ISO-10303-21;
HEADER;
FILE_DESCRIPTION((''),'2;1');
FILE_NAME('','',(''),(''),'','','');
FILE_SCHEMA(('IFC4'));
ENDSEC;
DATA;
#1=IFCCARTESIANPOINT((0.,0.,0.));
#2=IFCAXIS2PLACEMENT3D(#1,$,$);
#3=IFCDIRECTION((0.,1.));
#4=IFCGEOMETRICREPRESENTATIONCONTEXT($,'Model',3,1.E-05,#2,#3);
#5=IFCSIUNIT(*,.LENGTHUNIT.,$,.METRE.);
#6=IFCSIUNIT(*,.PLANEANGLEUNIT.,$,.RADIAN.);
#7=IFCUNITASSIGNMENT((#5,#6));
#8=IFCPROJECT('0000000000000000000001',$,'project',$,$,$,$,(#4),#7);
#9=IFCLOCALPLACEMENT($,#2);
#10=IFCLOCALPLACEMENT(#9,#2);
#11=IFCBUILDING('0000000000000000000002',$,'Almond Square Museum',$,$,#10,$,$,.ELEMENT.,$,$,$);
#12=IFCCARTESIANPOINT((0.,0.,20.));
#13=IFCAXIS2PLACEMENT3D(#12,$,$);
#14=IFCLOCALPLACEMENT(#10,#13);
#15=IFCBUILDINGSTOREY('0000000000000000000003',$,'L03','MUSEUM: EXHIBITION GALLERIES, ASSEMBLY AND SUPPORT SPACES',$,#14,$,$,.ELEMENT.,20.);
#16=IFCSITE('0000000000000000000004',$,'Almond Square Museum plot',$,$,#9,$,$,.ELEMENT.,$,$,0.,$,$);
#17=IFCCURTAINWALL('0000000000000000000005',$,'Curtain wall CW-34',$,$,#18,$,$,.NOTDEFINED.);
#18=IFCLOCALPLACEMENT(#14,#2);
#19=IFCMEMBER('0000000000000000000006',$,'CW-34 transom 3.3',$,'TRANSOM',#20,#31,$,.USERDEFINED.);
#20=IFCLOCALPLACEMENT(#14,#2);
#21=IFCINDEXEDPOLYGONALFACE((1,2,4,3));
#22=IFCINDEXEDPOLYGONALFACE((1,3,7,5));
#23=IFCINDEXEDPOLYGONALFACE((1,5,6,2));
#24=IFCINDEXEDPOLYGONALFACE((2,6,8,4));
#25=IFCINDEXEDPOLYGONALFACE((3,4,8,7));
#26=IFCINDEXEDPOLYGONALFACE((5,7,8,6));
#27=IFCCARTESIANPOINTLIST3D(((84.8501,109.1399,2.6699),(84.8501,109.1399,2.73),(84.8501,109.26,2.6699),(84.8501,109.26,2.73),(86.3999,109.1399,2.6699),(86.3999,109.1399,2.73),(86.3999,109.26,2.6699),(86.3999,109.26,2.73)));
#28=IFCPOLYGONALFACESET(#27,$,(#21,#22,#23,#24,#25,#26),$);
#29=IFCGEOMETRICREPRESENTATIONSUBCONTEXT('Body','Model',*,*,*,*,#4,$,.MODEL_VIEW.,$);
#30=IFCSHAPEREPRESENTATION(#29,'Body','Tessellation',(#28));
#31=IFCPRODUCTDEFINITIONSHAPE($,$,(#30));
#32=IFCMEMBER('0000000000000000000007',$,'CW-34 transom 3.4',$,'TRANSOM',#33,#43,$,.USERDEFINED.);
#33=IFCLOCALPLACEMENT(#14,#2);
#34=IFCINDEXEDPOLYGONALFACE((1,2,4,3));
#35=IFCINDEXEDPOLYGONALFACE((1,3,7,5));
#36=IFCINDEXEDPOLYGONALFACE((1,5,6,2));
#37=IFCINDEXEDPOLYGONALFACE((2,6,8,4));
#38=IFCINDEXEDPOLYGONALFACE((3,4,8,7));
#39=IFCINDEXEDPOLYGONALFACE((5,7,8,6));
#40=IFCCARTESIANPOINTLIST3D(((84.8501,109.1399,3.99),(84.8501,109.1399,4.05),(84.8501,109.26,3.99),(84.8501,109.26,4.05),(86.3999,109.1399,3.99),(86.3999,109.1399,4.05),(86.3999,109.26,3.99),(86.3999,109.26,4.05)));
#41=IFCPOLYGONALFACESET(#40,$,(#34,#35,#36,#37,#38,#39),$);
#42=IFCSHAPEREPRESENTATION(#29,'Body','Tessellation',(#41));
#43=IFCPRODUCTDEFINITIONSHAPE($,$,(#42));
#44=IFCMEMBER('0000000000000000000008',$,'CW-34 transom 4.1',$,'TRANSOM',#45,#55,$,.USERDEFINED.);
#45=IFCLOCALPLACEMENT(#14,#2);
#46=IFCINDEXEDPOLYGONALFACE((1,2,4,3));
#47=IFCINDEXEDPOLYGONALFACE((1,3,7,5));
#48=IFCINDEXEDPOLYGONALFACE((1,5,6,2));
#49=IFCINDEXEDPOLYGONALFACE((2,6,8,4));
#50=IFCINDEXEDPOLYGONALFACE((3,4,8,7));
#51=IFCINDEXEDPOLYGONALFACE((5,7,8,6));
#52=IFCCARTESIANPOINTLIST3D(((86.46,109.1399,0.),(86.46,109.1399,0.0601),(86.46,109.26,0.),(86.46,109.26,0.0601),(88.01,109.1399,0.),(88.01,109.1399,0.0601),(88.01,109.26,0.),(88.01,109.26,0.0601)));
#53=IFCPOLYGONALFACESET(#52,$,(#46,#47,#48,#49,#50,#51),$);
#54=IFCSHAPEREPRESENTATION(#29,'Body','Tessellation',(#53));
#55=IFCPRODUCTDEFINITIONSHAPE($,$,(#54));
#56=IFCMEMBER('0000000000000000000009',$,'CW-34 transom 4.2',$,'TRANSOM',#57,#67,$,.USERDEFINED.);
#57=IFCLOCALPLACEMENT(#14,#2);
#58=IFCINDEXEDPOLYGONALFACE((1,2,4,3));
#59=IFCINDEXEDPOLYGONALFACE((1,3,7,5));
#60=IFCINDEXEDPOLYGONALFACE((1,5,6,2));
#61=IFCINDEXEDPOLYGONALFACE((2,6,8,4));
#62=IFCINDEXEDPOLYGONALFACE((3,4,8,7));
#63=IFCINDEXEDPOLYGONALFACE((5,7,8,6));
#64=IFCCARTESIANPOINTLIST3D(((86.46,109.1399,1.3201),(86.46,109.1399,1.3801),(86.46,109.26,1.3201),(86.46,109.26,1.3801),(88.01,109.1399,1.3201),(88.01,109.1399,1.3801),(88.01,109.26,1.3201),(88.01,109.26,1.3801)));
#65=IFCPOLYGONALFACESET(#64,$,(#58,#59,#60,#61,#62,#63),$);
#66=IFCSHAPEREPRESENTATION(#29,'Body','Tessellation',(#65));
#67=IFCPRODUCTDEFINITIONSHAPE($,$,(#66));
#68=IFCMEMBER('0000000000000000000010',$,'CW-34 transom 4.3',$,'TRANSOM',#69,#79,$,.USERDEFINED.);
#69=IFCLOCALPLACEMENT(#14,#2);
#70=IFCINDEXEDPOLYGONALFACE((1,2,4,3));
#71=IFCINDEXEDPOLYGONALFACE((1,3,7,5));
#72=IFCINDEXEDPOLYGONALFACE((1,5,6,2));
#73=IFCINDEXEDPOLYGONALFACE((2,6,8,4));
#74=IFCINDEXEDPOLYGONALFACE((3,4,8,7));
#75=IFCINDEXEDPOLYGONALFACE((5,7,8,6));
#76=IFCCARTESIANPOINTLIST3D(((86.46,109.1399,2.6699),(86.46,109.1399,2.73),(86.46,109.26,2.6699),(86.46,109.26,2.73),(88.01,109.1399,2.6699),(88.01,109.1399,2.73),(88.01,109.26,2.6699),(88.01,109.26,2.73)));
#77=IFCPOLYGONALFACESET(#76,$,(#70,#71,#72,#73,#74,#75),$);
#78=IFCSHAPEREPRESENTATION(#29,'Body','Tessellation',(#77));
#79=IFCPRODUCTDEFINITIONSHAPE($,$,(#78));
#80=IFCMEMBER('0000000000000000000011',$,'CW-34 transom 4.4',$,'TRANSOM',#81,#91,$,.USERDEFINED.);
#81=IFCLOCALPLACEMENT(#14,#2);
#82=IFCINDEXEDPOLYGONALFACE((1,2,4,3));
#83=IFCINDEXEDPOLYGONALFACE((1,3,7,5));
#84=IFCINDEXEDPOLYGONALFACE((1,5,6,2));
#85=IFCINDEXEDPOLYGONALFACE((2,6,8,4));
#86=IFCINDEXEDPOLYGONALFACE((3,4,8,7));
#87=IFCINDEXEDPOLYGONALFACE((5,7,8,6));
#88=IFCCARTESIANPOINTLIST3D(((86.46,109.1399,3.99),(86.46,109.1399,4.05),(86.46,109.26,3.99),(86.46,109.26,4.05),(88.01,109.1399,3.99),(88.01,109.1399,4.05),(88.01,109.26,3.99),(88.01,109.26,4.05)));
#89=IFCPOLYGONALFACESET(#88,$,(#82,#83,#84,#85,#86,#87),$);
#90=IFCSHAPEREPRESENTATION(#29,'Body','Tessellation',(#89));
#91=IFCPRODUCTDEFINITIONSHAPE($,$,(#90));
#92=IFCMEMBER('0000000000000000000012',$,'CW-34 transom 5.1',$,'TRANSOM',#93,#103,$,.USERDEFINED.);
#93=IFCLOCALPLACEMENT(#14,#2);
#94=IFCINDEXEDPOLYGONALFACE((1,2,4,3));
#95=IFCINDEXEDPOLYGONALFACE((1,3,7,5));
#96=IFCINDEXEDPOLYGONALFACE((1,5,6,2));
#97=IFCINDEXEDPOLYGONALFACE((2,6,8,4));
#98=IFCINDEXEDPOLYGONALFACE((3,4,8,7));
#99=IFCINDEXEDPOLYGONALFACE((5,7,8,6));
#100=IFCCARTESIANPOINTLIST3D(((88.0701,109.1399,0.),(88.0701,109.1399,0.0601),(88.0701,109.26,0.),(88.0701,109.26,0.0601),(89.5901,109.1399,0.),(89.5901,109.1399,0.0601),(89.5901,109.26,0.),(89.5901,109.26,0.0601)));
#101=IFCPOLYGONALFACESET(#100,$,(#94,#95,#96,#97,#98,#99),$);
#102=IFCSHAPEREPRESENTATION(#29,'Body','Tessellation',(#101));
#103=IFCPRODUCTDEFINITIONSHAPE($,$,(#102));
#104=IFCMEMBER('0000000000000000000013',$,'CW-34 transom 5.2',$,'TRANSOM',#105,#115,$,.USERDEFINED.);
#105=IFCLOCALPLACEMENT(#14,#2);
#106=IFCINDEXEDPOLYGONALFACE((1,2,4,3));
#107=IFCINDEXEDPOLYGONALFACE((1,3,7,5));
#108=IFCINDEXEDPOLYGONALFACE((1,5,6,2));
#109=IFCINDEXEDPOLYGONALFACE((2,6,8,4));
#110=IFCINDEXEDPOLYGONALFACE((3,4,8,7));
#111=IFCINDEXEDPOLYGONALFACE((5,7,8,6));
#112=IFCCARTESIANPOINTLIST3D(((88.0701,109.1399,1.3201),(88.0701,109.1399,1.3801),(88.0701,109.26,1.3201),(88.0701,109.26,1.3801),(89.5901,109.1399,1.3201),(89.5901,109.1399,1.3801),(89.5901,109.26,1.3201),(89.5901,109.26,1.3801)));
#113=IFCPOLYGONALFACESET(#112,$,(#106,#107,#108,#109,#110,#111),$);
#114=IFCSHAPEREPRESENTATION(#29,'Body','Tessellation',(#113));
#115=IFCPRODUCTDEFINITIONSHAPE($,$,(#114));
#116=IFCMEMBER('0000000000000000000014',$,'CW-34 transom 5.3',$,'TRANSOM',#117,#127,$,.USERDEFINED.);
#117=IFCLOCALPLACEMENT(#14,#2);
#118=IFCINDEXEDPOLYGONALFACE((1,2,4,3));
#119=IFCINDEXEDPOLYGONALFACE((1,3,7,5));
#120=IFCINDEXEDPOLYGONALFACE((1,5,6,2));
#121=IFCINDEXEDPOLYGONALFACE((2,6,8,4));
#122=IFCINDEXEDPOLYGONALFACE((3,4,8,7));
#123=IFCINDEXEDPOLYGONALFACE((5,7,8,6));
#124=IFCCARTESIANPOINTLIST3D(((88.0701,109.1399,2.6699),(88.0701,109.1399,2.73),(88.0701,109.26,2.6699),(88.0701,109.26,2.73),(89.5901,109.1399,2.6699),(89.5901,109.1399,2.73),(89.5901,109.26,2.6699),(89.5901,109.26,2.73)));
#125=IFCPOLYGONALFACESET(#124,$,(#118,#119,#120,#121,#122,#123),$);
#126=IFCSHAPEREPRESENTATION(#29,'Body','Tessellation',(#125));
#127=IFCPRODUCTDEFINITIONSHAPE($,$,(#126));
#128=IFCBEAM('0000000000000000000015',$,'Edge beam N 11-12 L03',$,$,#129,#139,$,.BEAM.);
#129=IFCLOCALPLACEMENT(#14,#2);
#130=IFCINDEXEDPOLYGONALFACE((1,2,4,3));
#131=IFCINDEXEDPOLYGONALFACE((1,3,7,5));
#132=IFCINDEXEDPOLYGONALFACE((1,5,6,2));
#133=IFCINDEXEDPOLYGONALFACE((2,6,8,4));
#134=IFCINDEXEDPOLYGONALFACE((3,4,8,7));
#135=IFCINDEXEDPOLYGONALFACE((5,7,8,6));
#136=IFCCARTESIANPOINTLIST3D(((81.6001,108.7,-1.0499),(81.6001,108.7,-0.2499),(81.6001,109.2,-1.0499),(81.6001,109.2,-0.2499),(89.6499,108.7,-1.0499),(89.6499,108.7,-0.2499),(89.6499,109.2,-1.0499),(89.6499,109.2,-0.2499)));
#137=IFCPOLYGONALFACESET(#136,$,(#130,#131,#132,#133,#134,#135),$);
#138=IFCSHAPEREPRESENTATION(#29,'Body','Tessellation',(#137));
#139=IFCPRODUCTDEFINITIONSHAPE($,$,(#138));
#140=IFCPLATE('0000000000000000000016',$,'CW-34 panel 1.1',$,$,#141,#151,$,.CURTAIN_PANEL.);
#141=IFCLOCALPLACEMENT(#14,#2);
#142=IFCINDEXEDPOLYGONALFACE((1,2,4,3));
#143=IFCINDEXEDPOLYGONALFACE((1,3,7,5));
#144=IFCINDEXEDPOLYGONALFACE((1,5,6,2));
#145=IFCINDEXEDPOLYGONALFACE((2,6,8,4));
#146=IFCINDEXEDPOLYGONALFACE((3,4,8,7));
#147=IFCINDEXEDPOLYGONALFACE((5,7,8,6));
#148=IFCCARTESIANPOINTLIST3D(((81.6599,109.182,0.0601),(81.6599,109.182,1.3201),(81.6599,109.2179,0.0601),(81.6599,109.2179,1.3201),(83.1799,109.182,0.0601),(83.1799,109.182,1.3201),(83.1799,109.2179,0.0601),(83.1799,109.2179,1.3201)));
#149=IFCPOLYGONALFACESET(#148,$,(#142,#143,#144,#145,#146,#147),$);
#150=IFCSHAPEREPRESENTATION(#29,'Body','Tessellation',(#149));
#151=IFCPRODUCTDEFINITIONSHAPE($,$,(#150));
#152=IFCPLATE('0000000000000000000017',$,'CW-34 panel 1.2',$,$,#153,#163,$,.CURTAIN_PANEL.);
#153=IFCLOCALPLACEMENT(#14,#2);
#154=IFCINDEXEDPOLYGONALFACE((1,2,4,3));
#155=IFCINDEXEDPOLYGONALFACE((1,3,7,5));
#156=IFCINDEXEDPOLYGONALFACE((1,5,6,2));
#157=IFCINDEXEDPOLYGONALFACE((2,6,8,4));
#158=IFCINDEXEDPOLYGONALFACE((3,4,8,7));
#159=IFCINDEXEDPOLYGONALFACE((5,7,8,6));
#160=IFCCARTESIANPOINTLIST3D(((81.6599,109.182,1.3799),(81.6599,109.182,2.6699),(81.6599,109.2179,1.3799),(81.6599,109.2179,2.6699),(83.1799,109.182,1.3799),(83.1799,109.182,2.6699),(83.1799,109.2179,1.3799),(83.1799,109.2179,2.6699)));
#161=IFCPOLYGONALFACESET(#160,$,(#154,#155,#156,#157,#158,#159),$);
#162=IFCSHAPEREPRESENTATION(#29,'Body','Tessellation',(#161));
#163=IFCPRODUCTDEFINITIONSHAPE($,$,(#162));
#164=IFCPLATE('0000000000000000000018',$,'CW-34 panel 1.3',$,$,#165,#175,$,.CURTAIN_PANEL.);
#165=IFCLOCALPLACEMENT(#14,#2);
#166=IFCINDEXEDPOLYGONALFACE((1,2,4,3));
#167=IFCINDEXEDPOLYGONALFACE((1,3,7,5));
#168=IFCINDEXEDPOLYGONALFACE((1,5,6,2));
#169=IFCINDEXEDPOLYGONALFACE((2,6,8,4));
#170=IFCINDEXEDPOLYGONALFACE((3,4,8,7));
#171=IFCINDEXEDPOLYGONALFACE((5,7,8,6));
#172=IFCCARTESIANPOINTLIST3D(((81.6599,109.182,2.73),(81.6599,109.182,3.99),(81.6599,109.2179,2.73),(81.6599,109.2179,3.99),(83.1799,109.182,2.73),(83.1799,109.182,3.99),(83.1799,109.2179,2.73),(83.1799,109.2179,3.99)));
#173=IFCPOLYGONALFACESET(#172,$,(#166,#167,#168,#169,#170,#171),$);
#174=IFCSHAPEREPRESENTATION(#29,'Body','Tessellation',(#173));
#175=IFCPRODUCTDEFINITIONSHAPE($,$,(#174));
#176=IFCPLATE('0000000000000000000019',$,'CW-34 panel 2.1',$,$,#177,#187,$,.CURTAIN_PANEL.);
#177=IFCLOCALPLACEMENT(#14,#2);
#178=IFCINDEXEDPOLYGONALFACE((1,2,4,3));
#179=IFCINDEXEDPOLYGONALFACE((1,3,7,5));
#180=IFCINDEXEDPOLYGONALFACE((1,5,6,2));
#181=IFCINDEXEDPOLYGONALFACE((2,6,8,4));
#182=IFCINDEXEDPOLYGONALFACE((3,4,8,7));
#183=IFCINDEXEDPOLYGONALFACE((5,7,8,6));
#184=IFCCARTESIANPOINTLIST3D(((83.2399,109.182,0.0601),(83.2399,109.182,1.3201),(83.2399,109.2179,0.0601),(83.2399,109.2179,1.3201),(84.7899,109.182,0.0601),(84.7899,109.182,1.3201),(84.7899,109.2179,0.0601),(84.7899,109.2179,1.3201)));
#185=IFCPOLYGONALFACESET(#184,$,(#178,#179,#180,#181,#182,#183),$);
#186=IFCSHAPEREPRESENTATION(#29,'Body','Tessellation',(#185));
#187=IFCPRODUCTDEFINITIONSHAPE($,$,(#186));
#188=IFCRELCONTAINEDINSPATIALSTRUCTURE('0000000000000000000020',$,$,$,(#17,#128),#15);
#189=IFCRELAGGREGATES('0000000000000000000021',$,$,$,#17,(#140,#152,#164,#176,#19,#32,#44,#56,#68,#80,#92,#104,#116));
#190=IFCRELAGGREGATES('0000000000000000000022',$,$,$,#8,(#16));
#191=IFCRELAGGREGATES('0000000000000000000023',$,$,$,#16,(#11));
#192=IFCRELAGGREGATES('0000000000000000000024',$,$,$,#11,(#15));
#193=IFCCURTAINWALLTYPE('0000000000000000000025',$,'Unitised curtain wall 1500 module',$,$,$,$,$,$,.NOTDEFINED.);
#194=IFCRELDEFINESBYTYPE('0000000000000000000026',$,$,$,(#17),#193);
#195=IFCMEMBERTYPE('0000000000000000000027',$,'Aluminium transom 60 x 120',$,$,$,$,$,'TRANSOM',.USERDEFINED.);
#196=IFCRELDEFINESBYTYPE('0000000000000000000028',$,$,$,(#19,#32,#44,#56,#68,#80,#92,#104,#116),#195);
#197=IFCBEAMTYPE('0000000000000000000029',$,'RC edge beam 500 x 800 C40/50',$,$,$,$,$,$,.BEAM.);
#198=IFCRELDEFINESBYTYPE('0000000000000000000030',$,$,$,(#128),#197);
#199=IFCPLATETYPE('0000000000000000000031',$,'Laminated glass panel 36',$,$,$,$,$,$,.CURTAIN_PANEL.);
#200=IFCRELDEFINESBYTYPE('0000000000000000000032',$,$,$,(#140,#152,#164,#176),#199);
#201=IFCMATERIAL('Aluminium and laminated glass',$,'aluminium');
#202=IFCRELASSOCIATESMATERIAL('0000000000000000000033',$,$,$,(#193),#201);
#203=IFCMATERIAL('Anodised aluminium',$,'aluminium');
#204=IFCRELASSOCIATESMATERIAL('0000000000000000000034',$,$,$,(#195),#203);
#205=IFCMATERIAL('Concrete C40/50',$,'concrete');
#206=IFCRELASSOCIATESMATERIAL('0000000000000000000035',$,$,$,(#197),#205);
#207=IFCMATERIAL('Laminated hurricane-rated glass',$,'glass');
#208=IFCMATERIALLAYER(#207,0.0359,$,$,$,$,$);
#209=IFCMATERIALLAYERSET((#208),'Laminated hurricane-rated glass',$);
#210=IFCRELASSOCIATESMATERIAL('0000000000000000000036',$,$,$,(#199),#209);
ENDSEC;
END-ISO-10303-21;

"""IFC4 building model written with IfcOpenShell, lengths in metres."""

from ifc_helpers import new_model, si_unit, direction, frame, origin, origin_2d, place, context, subcontext, project, spatial, rectangle, extrude, material, layer, layer_set, material_profile, profile_set, type_object, element, aggregate, save


model = new_model("IFC4")

# Units and contexts
model_context = context("Model", 3, precision=1e-05, world=origin(), true_north=direction((0.0, 1.0)))
body_context = subcontext(model_context, "Body", "Model", "MODEL_VIEW")
ifc_project = project(units=[si_unit("LENGTHUNIT", "METRE"), si_unit("PLANEANGLEUNIT", "RADIAN")], contexts=[model_context])

# Site, building, storey
site_placement = place(None, origin())
site = spatial("IfcSite", under=ifc_project, at=site_placement, Name="Almond Square Museum plot", CompositionType="ELEMENT", RefElevation=0.0)
building_placement = place(site_placement, origin())
building = spatial("IfcBuilding", under=site, at=building_placement, Name="Almond Square Museum", CompositionType="ELEMENT")
storey_placement = place(building_placement, frame((0.0, 0.0, 20.0)))
storey = spatial("IfcBuildingStorey", under=building, at=storey_placement, Name="L03", Description="MUSEUM: EXHIBITION GALLERIES, ASSEMBLY AND SUPPORT SPACES", CompositionType="ELEMENT", Elevation=20.0)

# Curtain wall, members
ifc_material_1 = material(Name="Aluminium and laminated glass", Category="aluminium")
curtain_wall_type = type_object("IfcCurtainWallType", Name="Unitised curtain wall 1500 module", PredefinedType="NOTDEFINED", material=ifc_material_1)
curtain_wall_placement = place(storey_placement, origin())
curtain_wall = element("IfcCurtainWall", 1, at=curtain_wall_placement, inside=storey, type_object=curtain_wall_type, Name="Curtain wall CW-34", PredefinedType="NOTDEFINED")
ifc_material_2 = material(Name="Anodised aluminium", Category="aluminium")
ifc_material_profile_1 = material_profile(ifc_material_2, rectangle(XDim=0.1201, YDim=0.0601, at=origin_2d()))
ifc_profile_set_1 = profile_set([ifc_material_profile_1], Name="Anodised aluminium")
member_type_1 = type_object("IfcMemberType", Name="Aluminium transom 60 x 120", ElementType="TRANSOM", PredefinedType="USERDEFINED", material=ifc_profile_set_1)
member_1_placement = place(storey_placement, frame((84.8501, 109.2, 2.7), z_axis=(1.0, 0.0, 0.0), x_axis=(0.0, 1.0, 0.0)))
member_1 = element("IfcMember", 2, at=member_1_placement, type_object=member_type_1, Name="CW-34 transom 3.3", ObjectType="TRANSOM", PredefinedType="USERDEFINED", context=body_context, shape_type="SweptSolid", body=[
    extrude(rectangle(XDim=0.1201, YDim=0.0601, at=origin_2d()), origin(), (0.0, 0.0, 1.0), 1.5498),
])
member_2_placement = place(storey_placement, frame((84.8501, 109.2, 4.02), z_axis=(1.0, 0.0, 0.0), x_axis=(0.0, 1.0, 0.0)))
member_2 = element("IfcMember", 3, at=member_2_placement, type_object=member_type_1, Name="CW-34 transom 3.4", ObjectType="TRANSOM", PredefinedType="USERDEFINED", context=body_context, shape_type="SweptSolid", body=[
    extrude(rectangle(XDim=0.1201, YDim=0.0601, at=origin_2d()), origin(), (0.0, 0.0, 1.0), 1.5498),
])
member_3_placement = place(storey_placement, frame((86.46, 109.2, 0.03), z_axis=(1.0, 0.0, 0.0), x_axis=(0.0, 1.0, 0.0)))
member_3 = element("IfcMember", 4, at=member_3_placement, type_object=member_type_1, Name="CW-34 transom 4.1", ObjectType="TRANSOM", PredefinedType="USERDEFINED", context=body_context, shape_type="SweptSolid", body=[
    extrude(rectangle(XDim=0.1201, YDim=0.0601, at=origin_2d()), origin(), (0.0, 0.0, 1.0), 1.55),
])
member_4_placement = place(storey_placement, frame((86.46, 109.2, 1.3501), z_axis=(1.0, 0.0, 0.0), x_axis=(0.0, 1.0, 0.0)))
member_4 = element("IfcMember", 5, at=member_4_placement, type_object=member_type_1, Name="CW-34 transom 4.2", ObjectType="TRANSOM", PredefinedType="USERDEFINED", context=body_context, shape_type="SweptSolid", body=[
    extrude(rectangle(XDim=0.1201, YDim=0.0601, at=origin_2d()), origin(), (0.0, 0.0, 1.0), 1.55),
])
member_5_placement = place(storey_placement, frame((86.46, 109.2, 2.7), z_axis=(1.0, 0.0, 0.0), x_axis=(0.0, 1.0, 0.0)))
member_5 = element("IfcMember", 6, at=member_5_placement, type_object=member_type_1, Name="CW-34 transom 4.3", ObjectType="TRANSOM", PredefinedType="USERDEFINED", context=body_context, shape_type="SweptSolid", body=[
    extrude(rectangle(XDim=0.1201, YDim=0.0601, at=origin_2d()), origin(), (0.0, 0.0, 1.0), 1.55),
])
member_6_placement = place(storey_placement, frame((86.46, 109.2, 4.02), z_axis=(1.0, 0.0, 0.0), x_axis=(0.0, 1.0, 0.0)))
member_6 = element("IfcMember", 7, at=member_6_placement, type_object=member_type_1, Name="CW-34 transom 4.4", ObjectType="TRANSOM", PredefinedType="USERDEFINED", context=body_context, shape_type="SweptSolid", body=[
    extrude(rectangle(XDim=0.1201, YDim=0.0601, at=origin_2d()), origin(), (0.0, 0.0, 1.0), 1.55),
])
member_7_placement = place(storey_placement, frame((88.0701, 109.2, 0.03), z_axis=(1.0, 0.0, 0.0), x_axis=(0.0, 1.0, 0.0)))
member_7 = element("IfcMember", 8, at=member_7_placement, type_object=member_type_1, Name="CW-34 transom 5.1", ObjectType="TRANSOM", PredefinedType="USERDEFINED", context=body_context, shape_type="SweptSolid", body=[
    extrude(rectangle(XDim=0.1201, YDim=0.0601, at=origin_2d()), origin(), (0.0, 0.0, 1.0), 1.52),
])
member_8_placement = place(storey_placement, frame((88.0701, 109.2, 1.3501), z_axis=(1.0, 0.0, 0.0), x_axis=(0.0, 1.0, 0.0)))
member_8 = element("IfcMember", 9, at=member_8_placement, type_object=member_type_1, Name="CW-34 transom 5.2", ObjectType="TRANSOM", PredefinedType="USERDEFINED", context=body_context, shape_type="SweptSolid", body=[
    extrude(rectangle(XDim=0.1201, YDim=0.0601, at=origin_2d()), origin(), (0.0, 0.0, 1.0), 1.52),
])
member_9_placement = place(storey_placement, frame((88.0701, 109.2, 2.7), z_axis=(1.0, 0.0, 0.0), x_axis=(0.0, 1.0, 0.0)))
member_9 = element("IfcMember", 10, at=member_9_placement, type_object=member_type_1, Name="CW-34 transom 5.3", ObjectType="TRANSOM", PredefinedType="USERDEFINED", context=body_context, shape_type="SweptSolid", body=[
    extrude(rectangle(XDim=0.1201, YDim=0.0601, at=origin_2d()), origin(), (0.0, 0.0, 1.0), 1.52),
])

# Beam
ifc_material_3 = material(Name="Concrete C40/50", Category="concrete")
ifc_material_profile_2 = material_profile(ifc_material_3, rectangle(XDim=0.5, YDim=0.8, at=origin_2d()))
ifc_profile_set_2 = profile_set([ifc_material_profile_2], Name="Concrete C40/50")
beam_type = type_object("IfcBeamType", Name="RC edge beam 500 x 800 C40/50", PredefinedType="BEAM", material=ifc_profile_set_2)
beam_placement = place(storey_placement, frame((81.6001, 108.95, -0.6499), z_axis=(1.0, 0.0, 0.0), x_axis=(0.0, 1.0, 0.0)))
element("IfcBeam", 11, at=beam_placement, inside=storey, type_object=beam_type, Name="Edge beam N 11-12 L03", PredefinedType="BEAM", context=body_context, shape_type="SweptSolid", body=[
    extrude(rectangle(XDim=0.5, YDim=0.8, at=origin_2d()), origin(), (0.0, 0.0, 1.0), 8.0498),
])

# Plates
ifc_material_4 = material(Name="Laminated hurricane-rated glass", Category="glass")
ifc_layer = layer(ifc_material_4, 0.0359)
ifc_layer_set = layer_set([ifc_layer], Name="Laminated hurricane-rated glass")
plate_type = type_object("IfcPlateType", Name="Laminated glass panel 36", PredefinedType="CURTAIN_PANEL", material=ifc_layer_set)
plate_1_placement = place(storey_placement, frame((82.4199, 109.2, 0.0601), z_axis=(0.0, 0.0, 1.0), x_axis=(1.0, 0.0, 0.0)))
plate_1 = element("IfcPlate", 12, at=plate_1_placement, type_object=plate_type, Name="CW-34 panel 1.1", PredefinedType="CURTAIN_PANEL", context=body_context, shape_type="SweptSolid", body=[
    extrude(rectangle(XDim=1.52, YDim=0.0359, at=origin_2d()), origin(), (0.0, 0.0, 1.0), 1.26),
])
plate_2_placement = place(storey_placement, frame((82.4199, 109.2, 1.3799), z_axis=(0.0, 0.0, 1.0), x_axis=(1.0, 0.0, 0.0)))
plate_2 = element("IfcPlate", 13, at=plate_2_placement, type_object=plate_type, Name="CW-34 panel 1.2", PredefinedType="CURTAIN_PANEL", context=body_context, shape_type="SweptSolid", body=[
    extrude(rectangle(XDim=1.52, YDim=0.0359, at=origin_2d()), origin(), (0.0, 0.0, 1.0), 1.29),
])
plate_3_placement = place(storey_placement, frame((82.4199, 109.2, 2.73), z_axis=(0.0, 0.0, 1.0), x_axis=(1.0, 0.0, 0.0)))
plate_3 = element("IfcPlate", 14, at=plate_3_placement, type_object=plate_type, Name="CW-34 panel 1.3", PredefinedType="CURTAIN_PANEL", context=body_context, shape_type="SweptSolid", body=[
    extrude(rectangle(XDim=1.52, YDim=0.0359, at=origin_2d()), origin(), (0.0, 0.0, 1.0), 1.26),
])
plate_4_placement = place(storey_placement, frame((84.0149, 109.2, 0.0601), z_axis=(0.0, 0.0, 1.0), x_axis=(1.0, 0.0, 0.0)))
plate_4 = element("IfcPlate", 15, at=plate_4_placement, type_object=plate_type, Name="CW-34 panel 2.1", PredefinedType="CURTAIN_PANEL", context=body_context, shape_type="SweptSolid", body=[
    extrude(rectangle(XDim=1.55, YDim=0.0359, at=origin_2d()), origin(), (0.0, 0.0, 1.0), 1.26),
])
aggregate(curtain_wall, [plate_1, plate_2, plate_3, plate_4, member_1, member_2, member_3, member_4, member_5, member_6, member_7, member_8, member_9])

save(model, "model.ifc")
